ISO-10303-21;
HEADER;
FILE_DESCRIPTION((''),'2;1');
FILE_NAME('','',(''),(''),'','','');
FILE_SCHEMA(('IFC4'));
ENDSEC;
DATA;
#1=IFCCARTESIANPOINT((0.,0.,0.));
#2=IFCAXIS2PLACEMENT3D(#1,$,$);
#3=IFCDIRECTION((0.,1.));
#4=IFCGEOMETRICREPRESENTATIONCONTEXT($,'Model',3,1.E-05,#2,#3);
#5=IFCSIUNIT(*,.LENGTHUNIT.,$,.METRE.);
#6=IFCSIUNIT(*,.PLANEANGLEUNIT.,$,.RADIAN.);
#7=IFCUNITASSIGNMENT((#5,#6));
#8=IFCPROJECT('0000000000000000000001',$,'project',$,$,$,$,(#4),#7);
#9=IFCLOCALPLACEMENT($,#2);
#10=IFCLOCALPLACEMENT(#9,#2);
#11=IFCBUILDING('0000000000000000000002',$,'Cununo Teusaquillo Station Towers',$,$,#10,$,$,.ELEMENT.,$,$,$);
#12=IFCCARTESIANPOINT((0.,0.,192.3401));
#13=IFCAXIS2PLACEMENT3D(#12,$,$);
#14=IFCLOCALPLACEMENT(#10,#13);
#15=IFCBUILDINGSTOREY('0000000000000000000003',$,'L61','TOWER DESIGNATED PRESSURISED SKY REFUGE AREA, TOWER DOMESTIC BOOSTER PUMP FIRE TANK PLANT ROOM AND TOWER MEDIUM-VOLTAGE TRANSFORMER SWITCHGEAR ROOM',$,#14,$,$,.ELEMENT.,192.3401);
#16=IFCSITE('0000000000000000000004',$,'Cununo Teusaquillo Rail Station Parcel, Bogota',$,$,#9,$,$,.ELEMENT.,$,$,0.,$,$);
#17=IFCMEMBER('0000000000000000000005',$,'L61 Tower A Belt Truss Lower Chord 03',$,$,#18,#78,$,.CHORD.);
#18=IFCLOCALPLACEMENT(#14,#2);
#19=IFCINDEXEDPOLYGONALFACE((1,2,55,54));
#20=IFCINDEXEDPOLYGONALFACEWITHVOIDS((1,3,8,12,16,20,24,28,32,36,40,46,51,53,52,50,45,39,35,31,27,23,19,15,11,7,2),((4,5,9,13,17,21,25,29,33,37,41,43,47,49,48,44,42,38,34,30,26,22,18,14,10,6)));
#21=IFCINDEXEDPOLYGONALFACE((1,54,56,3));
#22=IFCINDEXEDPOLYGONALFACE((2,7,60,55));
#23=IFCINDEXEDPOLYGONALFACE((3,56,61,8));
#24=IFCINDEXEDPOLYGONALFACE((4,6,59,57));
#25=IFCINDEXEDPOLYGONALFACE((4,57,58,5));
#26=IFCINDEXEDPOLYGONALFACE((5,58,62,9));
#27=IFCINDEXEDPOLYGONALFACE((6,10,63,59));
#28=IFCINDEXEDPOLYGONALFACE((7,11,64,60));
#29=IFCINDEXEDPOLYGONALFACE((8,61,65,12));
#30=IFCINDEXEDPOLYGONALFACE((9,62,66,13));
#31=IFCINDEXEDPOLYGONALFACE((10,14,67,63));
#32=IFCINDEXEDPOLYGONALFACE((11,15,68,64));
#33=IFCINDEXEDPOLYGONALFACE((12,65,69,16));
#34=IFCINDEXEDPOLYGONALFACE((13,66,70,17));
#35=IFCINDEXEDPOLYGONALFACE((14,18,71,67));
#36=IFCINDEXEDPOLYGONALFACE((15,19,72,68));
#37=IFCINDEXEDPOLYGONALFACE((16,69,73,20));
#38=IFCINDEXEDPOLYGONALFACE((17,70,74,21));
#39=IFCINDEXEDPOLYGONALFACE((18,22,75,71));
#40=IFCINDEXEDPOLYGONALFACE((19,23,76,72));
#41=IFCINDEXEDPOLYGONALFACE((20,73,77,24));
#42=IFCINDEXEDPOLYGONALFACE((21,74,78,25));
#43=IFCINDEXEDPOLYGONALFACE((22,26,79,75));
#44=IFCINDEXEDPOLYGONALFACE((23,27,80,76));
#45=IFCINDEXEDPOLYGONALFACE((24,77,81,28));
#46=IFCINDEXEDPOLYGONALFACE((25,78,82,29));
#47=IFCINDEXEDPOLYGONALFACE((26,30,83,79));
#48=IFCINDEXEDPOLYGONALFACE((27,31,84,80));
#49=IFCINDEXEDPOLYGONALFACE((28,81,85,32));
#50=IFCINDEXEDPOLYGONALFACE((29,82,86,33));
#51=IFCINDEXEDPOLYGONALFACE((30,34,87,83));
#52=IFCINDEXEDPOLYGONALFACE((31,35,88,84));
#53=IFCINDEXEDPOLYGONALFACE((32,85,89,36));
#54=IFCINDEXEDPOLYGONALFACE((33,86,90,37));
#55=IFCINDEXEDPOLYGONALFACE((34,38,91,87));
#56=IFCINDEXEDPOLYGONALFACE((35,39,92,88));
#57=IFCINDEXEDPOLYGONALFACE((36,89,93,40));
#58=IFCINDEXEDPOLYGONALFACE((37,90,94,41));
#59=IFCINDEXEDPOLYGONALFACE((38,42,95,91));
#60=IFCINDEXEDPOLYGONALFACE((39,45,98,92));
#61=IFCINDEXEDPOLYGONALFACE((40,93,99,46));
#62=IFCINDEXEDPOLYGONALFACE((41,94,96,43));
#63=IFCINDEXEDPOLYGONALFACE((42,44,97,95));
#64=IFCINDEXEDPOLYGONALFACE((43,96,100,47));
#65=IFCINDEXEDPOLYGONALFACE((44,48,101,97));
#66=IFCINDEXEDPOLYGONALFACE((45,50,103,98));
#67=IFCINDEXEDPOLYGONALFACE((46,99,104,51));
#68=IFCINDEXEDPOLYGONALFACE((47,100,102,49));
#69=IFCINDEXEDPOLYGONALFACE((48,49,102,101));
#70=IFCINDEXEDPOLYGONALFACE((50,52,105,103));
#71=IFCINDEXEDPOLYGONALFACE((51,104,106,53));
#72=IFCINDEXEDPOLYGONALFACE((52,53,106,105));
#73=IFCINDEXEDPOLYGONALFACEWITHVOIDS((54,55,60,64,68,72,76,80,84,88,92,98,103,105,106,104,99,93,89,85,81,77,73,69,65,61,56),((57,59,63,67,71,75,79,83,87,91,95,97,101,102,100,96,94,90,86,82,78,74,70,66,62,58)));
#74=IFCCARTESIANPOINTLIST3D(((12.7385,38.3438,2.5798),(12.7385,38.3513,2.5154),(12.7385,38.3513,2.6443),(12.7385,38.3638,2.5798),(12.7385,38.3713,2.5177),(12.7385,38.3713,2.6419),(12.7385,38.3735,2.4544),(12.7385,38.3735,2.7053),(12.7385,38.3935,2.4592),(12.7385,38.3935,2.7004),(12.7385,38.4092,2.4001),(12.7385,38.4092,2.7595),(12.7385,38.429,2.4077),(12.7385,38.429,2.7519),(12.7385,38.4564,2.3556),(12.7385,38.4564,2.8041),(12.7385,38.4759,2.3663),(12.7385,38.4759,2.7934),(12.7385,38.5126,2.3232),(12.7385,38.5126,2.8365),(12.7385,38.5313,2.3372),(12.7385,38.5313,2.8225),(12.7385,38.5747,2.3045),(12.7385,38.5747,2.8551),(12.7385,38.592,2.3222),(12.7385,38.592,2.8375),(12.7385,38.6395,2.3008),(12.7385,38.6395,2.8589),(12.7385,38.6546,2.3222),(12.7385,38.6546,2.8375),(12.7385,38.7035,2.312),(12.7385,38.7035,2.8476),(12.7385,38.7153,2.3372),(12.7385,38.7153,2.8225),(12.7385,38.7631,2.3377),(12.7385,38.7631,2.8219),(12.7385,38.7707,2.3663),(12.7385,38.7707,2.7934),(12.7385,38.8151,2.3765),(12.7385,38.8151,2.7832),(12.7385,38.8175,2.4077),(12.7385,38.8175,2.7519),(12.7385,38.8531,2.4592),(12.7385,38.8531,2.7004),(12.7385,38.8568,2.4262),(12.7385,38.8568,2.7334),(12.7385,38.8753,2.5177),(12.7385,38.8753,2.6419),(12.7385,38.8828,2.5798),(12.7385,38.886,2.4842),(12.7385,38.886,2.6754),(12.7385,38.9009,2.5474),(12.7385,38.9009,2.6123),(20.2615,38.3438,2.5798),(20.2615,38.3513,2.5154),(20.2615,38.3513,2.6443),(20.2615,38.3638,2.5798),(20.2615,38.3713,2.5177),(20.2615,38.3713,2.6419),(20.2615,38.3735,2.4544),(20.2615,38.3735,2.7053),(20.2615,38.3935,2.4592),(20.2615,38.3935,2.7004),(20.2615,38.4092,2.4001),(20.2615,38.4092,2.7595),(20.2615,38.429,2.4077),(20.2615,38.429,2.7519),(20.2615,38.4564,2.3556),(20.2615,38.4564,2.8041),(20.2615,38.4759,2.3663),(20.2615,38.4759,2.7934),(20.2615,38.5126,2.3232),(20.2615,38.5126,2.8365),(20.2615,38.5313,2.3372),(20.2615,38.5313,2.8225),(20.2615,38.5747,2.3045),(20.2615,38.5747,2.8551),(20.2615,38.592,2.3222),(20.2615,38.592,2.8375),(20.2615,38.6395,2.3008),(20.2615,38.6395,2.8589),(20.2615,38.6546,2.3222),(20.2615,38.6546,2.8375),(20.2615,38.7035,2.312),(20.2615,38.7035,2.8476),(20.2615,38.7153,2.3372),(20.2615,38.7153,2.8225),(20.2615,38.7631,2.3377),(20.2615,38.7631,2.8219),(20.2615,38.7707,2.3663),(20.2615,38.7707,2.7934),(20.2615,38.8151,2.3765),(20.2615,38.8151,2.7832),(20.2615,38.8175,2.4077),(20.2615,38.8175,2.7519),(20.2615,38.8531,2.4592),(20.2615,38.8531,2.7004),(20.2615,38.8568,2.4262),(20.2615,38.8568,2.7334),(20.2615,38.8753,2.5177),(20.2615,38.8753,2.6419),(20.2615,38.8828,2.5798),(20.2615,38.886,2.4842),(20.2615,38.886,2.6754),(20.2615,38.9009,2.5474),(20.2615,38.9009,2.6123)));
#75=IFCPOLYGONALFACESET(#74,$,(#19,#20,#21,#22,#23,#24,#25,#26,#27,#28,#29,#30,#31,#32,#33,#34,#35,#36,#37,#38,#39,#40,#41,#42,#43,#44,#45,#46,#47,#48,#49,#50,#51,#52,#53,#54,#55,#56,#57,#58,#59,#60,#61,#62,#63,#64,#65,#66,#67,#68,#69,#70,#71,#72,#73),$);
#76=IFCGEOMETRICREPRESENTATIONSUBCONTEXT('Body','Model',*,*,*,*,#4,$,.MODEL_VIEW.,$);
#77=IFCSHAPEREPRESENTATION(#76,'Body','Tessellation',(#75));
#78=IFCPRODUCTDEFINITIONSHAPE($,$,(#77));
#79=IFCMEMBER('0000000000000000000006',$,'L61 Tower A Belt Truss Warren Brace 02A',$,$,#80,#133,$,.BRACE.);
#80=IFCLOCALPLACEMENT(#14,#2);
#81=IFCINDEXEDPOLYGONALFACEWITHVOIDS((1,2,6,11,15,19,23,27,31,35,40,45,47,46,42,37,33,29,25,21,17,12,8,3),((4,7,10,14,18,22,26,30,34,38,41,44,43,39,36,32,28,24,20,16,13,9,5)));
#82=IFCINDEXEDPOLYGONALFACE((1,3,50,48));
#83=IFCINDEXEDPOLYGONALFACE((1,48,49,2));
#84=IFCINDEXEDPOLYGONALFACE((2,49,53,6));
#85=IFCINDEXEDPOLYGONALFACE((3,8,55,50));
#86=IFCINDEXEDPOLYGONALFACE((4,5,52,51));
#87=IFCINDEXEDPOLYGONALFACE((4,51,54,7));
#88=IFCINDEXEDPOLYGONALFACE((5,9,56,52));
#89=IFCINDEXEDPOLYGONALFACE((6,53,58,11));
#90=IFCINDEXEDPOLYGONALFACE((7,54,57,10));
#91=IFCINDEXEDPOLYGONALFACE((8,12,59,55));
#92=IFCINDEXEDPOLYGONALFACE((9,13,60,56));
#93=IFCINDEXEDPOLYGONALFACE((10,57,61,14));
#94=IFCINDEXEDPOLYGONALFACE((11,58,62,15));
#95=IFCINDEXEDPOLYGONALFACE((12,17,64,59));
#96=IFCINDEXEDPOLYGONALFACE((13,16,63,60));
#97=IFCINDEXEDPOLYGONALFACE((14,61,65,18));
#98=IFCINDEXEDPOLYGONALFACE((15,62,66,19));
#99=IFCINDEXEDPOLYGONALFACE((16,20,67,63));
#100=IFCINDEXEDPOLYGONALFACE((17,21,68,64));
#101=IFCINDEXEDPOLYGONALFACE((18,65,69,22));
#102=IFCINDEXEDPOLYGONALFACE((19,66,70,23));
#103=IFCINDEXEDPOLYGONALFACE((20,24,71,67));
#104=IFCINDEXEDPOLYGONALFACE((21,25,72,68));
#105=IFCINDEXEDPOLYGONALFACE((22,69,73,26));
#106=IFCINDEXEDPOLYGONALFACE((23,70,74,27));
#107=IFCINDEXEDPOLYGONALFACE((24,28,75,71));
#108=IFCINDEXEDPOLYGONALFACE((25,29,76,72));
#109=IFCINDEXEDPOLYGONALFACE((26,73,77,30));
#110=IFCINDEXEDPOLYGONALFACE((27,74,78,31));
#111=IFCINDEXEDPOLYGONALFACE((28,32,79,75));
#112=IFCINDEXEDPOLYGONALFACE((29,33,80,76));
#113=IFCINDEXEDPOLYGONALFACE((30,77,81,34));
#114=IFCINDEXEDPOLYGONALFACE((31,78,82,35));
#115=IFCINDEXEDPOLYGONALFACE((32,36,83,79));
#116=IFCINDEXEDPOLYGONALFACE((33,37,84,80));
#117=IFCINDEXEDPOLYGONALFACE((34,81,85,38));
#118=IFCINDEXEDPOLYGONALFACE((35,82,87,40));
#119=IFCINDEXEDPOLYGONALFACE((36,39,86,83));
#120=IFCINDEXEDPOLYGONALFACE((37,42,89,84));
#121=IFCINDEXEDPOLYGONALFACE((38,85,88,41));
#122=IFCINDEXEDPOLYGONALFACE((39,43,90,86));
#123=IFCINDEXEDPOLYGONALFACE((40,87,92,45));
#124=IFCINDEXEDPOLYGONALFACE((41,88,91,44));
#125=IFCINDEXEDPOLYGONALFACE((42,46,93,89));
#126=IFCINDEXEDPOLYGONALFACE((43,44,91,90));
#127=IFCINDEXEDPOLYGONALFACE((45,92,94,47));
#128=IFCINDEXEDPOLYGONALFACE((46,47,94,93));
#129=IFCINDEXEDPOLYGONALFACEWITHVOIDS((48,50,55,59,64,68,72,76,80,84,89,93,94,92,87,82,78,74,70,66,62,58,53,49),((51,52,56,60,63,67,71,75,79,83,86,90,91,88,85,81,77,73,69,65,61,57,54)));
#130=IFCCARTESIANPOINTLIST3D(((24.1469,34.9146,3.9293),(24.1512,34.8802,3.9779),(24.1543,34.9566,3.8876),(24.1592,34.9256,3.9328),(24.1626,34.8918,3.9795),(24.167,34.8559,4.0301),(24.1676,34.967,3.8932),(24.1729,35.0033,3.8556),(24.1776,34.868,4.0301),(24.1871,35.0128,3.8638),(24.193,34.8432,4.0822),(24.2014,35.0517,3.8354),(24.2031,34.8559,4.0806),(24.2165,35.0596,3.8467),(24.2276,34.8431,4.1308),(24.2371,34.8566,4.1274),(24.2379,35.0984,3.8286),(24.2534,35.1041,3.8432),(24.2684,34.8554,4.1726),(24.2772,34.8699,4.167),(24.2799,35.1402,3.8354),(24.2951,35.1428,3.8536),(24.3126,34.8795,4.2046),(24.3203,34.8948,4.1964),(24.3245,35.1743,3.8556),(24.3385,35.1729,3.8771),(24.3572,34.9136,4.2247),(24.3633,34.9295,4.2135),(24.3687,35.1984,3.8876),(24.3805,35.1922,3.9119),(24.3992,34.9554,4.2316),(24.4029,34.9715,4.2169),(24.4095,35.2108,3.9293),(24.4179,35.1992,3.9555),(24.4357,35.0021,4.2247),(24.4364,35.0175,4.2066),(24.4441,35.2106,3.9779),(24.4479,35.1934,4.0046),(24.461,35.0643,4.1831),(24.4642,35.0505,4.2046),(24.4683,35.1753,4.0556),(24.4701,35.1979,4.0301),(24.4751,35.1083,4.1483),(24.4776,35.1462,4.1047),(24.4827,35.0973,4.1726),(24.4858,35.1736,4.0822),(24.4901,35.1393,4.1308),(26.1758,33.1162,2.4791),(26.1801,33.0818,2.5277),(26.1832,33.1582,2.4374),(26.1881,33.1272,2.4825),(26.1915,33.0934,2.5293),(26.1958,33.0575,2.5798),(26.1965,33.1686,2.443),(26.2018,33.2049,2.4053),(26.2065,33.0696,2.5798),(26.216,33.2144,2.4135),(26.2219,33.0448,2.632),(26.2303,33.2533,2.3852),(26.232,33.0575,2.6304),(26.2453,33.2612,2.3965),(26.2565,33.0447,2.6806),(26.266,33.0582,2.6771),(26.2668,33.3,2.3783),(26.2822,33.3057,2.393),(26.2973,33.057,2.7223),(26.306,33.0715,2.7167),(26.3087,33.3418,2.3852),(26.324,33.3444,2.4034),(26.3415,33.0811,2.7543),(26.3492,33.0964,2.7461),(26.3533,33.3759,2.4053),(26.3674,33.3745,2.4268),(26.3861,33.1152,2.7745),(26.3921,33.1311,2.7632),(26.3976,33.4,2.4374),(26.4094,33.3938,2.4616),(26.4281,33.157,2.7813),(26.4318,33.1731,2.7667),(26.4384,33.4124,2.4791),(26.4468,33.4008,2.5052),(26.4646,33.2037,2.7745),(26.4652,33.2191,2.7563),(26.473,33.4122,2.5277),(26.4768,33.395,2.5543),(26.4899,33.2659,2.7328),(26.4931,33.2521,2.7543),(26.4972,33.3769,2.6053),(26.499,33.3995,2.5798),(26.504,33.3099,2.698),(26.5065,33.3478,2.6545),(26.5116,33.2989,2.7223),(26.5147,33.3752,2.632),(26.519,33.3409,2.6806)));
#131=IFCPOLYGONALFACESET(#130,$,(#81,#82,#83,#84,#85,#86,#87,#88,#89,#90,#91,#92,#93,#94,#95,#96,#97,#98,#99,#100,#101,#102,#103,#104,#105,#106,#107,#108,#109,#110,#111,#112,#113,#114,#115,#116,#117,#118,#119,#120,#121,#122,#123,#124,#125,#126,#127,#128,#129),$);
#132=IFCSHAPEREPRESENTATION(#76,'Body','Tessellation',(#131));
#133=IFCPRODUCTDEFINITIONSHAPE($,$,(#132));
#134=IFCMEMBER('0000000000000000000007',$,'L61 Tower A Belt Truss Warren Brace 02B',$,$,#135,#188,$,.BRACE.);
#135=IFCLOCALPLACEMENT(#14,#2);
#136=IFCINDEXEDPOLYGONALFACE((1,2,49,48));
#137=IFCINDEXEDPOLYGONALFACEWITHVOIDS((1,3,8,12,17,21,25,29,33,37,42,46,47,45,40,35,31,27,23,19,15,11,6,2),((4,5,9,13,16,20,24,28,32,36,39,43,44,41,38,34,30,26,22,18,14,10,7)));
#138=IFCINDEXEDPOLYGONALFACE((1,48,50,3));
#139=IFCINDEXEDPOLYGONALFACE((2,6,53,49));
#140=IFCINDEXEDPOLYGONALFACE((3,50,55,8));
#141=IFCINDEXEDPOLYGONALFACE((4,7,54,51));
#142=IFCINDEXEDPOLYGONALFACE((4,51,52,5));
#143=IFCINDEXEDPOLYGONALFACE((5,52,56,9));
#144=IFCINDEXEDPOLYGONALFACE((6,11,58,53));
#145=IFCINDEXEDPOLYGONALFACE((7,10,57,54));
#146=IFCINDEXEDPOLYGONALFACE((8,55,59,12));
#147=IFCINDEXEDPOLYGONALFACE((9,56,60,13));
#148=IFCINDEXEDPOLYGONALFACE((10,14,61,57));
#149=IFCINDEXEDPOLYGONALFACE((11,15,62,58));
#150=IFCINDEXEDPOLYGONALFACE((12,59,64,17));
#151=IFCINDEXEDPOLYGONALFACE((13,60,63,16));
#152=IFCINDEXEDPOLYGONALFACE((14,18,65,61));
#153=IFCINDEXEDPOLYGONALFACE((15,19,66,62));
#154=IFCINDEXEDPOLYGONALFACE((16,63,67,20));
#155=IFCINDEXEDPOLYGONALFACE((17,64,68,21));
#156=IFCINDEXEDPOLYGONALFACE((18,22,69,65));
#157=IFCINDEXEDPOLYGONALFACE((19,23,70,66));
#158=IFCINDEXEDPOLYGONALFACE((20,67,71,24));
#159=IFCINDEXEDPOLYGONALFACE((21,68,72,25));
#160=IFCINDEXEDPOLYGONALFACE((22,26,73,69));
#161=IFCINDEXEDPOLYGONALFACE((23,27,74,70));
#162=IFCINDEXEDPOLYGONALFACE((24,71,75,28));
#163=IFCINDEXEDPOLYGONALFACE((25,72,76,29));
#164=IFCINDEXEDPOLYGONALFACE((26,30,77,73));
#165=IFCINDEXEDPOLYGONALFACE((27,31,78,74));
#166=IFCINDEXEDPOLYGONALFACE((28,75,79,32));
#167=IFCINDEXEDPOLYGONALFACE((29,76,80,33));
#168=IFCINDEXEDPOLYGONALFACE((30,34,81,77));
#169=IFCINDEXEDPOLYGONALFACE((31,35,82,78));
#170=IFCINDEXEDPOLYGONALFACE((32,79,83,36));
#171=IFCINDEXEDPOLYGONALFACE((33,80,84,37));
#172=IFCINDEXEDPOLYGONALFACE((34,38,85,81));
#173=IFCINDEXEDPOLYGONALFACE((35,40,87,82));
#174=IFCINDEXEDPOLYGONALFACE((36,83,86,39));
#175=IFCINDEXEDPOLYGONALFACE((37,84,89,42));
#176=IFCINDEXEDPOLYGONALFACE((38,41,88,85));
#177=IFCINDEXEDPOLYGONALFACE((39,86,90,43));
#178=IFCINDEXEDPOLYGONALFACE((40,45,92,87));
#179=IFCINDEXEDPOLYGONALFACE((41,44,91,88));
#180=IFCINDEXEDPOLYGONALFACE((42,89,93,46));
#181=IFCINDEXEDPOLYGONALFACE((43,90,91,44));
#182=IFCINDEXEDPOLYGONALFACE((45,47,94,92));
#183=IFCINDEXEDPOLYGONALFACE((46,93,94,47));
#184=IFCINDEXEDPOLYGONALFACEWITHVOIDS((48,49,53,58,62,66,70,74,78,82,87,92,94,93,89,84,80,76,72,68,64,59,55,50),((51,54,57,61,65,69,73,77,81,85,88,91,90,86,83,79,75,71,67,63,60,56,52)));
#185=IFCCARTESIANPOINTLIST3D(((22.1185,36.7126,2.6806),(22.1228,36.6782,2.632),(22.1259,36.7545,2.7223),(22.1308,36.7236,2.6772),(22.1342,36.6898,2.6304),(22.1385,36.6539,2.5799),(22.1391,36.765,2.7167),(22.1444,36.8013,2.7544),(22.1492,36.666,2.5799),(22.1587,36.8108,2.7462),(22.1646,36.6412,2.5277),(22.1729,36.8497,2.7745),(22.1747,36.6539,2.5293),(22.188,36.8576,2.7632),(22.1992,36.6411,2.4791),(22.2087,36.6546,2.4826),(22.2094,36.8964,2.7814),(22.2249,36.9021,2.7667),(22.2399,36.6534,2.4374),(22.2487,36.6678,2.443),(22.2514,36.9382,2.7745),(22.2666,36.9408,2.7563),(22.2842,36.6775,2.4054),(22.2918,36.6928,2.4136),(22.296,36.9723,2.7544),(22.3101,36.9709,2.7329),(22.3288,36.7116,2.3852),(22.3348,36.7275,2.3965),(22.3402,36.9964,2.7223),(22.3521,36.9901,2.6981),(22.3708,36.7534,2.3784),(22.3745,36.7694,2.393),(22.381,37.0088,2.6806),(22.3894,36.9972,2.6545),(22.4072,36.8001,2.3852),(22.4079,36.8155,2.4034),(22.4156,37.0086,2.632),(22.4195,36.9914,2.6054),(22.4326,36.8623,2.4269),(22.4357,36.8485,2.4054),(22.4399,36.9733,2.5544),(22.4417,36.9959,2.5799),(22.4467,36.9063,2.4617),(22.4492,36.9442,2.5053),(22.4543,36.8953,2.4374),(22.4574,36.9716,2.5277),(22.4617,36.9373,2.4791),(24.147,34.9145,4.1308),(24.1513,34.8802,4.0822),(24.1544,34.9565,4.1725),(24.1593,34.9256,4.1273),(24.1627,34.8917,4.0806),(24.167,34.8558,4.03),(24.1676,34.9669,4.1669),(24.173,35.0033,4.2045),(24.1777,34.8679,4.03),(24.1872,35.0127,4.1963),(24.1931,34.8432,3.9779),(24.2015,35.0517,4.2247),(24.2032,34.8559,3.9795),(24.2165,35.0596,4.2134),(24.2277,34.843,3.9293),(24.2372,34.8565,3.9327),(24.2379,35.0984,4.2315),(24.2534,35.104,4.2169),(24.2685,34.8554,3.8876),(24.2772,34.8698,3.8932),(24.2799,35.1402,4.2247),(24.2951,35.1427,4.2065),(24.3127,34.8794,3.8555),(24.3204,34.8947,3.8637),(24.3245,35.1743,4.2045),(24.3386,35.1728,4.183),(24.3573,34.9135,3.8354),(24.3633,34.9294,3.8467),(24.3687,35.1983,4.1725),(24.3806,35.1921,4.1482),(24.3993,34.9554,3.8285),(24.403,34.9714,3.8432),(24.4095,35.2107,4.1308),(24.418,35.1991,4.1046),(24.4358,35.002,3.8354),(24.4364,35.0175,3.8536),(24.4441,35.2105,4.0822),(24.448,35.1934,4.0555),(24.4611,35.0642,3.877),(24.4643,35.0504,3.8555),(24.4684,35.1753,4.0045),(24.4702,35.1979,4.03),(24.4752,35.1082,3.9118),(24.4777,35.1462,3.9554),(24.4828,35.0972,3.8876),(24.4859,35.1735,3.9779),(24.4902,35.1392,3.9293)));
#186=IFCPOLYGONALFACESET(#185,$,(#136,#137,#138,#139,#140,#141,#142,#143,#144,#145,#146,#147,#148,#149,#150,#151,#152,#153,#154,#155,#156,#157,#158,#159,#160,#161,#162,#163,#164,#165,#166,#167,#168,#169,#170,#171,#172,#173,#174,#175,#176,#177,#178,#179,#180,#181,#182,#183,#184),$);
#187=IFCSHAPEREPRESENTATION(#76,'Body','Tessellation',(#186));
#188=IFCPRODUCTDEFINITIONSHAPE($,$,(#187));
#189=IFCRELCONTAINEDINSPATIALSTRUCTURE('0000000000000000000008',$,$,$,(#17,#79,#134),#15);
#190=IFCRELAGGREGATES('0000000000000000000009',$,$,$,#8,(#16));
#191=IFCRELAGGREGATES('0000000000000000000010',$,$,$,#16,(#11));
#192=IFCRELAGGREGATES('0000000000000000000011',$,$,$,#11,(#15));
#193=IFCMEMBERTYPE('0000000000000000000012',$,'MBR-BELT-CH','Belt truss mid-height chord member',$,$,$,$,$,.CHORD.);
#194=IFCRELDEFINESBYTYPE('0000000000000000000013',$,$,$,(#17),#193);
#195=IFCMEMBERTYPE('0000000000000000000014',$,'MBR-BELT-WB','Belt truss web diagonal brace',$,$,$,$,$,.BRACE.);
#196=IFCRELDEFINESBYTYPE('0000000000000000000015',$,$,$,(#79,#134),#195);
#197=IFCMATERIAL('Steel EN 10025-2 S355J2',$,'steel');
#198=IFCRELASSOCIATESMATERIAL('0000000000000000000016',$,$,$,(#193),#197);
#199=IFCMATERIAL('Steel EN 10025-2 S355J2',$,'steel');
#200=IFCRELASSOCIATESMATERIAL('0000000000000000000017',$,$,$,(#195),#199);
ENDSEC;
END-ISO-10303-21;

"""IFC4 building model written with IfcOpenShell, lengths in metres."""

from ifc_helpers import new_model, si_unit, direction, frame, origin, origin_2d, place, context, subcontext, project, spatial, hollow_circle, extrude, material, material_profile, profile_set, type_object, element, save


model = new_model("IFC4")

# Units and contexts
model_context = context("Model", 3, precision=1e-05, world=origin(), true_north=direction((0.0, 1.0)))
body_context = subcontext(model_context, "Body", "Model", "MODEL_VIEW")
ifc_project = project(units=[si_unit("LENGTHUNIT", "METRE"), si_unit("PLANEANGLEUNIT", "RADIAN")], contexts=[model_context])

# Site, building, storey
site_placement = place(None, origin())
site = spatial("IfcSite", under=ifc_project, at=site_placement, Name="Cununo Teusaquillo Rail Station Parcel, Bogota", CompositionType="ELEMENT", RefElevation=0.0)
building_placement = place(site_placement, origin())
building = spatial("IfcBuilding", under=site, at=building_placement, Name="Cununo Teusaquillo Station Towers", CompositionType="ELEMENT")
storey_placement = place(building_placement, frame((0.0, 0.0, 192.3401)))
storey = spatial("IfcBuildingStorey", under=building, at=storey_placement, Name="L61", Description="TOWER DESIGNATED PRESSURISED SKY REFUGE AREA, TOWER DOMESTIC BOOSTER PUMP FIRE TANK PLANT ROOM AND TOWER MEDIUM-VOLTAGE TRANSFORMER SWITCHGEAR ROOM", CompositionType="ELEMENT", Elevation=192.3401)

# Members
ifc_material_1 = material(Name="Steel EN 10025-2 S355J2", Category="steel")
ifc_material_profile_1 = material_profile(ifc_material_1, hollow_circle(Radius=0.2795, WallThickness=0.02, at=origin_2d()), Name="CHS 559x20")
ifc_profile_set_1 = profile_set([ifc_material_profile_1], Name="Steel EN 10025-2 S355J2")
member_type_1 = type_object("IfcMemberType", Name="MBR-BELT-CH", Description="Belt truss mid-height chord member", PredefinedType="CHORD", material=ifc_profile_set_1)
member_1_placement = place(storey_placement, frame((20.2615, 38.6233, 2.5798), z_axis=(-1.0, 0.0, 0.0), x_axis=(0.0, -1.0, 0.0)))
element("IfcMember", 1, at=member_1_placement, inside=storey, type_object=member_type_1, Name="L61 Tower A Belt Truss Lower Chord 03", PredefinedType="CHORD", context=body_context, shape_type="SweptSolid", body=[
    extrude(hollow_circle(Radius=0.2795, WallThickness=0.02, at=origin_2d()), origin(), (0.0, 0.0, 1.0), 7.5229),
])
ifc_material_2 = material(Name="Steel EN 10025-2 S355J2", Category="steel")
ifc_material_profile_2 = material_profile(ifc_material_2, hollow_circle(Radius=0.2285, WallThickness=0.0161, at=origin_2d()), Name="CHS 457x16")
ifc_profile_set_2 = profile_set([ifc_material_profile_2], Name="Steel EN 10025-2 S355J2")
member_type_2 = type_object("IfcMemberType", Name="MBR-BELT-WB", Description="Belt truss web diagonal brace", PredefinedType="BRACE", material=ifc_profile_set_2)
member_2_placement = place(storey_placement, frame((26.3474, 33.2285, 2.5798), z_axis=(-0.659861, 0.584902, 0.47167), x_axis=(-0.663324, -0.748333, 0.0)))
element("IfcMember", 2, at=member_2_placement, inside=storey, type_object=member_type_2, Name="L61 Tower A Belt Truss Warren Brace 02A", PredefinedType="BRACE", context=body_context, shape_type="SweptSolid", body=[
    extrude(hollow_circle(Radius=0.2285, WallThickness=0.0161, at=origin_2d()), origin(), (0.0, 0.0, 1.0), 3.0747),
])
member_3_placement = place(storey_placement, frame((24.3186, 35.0269, 4.03), z_axis=(-0.659847, 0.584881, -0.471716), x_axis=(-0.663318, -0.748338, 0.0)))
element("IfcMember", 3, at=member_3_placement, inside=storey, type_object=member_type_2, Name="L61 Tower A Belt Truss Warren Brace 02B", PredefinedType="BRACE", context=body_context, shape_type="SweptSolid", body=[
    extrude(hollow_circle(Radius=0.2285, WallThickness=0.0161, at=origin_2d()), origin(), (0.0, 0.0, 1.0), 3.0742),
])

save(model, "model.ifc")
